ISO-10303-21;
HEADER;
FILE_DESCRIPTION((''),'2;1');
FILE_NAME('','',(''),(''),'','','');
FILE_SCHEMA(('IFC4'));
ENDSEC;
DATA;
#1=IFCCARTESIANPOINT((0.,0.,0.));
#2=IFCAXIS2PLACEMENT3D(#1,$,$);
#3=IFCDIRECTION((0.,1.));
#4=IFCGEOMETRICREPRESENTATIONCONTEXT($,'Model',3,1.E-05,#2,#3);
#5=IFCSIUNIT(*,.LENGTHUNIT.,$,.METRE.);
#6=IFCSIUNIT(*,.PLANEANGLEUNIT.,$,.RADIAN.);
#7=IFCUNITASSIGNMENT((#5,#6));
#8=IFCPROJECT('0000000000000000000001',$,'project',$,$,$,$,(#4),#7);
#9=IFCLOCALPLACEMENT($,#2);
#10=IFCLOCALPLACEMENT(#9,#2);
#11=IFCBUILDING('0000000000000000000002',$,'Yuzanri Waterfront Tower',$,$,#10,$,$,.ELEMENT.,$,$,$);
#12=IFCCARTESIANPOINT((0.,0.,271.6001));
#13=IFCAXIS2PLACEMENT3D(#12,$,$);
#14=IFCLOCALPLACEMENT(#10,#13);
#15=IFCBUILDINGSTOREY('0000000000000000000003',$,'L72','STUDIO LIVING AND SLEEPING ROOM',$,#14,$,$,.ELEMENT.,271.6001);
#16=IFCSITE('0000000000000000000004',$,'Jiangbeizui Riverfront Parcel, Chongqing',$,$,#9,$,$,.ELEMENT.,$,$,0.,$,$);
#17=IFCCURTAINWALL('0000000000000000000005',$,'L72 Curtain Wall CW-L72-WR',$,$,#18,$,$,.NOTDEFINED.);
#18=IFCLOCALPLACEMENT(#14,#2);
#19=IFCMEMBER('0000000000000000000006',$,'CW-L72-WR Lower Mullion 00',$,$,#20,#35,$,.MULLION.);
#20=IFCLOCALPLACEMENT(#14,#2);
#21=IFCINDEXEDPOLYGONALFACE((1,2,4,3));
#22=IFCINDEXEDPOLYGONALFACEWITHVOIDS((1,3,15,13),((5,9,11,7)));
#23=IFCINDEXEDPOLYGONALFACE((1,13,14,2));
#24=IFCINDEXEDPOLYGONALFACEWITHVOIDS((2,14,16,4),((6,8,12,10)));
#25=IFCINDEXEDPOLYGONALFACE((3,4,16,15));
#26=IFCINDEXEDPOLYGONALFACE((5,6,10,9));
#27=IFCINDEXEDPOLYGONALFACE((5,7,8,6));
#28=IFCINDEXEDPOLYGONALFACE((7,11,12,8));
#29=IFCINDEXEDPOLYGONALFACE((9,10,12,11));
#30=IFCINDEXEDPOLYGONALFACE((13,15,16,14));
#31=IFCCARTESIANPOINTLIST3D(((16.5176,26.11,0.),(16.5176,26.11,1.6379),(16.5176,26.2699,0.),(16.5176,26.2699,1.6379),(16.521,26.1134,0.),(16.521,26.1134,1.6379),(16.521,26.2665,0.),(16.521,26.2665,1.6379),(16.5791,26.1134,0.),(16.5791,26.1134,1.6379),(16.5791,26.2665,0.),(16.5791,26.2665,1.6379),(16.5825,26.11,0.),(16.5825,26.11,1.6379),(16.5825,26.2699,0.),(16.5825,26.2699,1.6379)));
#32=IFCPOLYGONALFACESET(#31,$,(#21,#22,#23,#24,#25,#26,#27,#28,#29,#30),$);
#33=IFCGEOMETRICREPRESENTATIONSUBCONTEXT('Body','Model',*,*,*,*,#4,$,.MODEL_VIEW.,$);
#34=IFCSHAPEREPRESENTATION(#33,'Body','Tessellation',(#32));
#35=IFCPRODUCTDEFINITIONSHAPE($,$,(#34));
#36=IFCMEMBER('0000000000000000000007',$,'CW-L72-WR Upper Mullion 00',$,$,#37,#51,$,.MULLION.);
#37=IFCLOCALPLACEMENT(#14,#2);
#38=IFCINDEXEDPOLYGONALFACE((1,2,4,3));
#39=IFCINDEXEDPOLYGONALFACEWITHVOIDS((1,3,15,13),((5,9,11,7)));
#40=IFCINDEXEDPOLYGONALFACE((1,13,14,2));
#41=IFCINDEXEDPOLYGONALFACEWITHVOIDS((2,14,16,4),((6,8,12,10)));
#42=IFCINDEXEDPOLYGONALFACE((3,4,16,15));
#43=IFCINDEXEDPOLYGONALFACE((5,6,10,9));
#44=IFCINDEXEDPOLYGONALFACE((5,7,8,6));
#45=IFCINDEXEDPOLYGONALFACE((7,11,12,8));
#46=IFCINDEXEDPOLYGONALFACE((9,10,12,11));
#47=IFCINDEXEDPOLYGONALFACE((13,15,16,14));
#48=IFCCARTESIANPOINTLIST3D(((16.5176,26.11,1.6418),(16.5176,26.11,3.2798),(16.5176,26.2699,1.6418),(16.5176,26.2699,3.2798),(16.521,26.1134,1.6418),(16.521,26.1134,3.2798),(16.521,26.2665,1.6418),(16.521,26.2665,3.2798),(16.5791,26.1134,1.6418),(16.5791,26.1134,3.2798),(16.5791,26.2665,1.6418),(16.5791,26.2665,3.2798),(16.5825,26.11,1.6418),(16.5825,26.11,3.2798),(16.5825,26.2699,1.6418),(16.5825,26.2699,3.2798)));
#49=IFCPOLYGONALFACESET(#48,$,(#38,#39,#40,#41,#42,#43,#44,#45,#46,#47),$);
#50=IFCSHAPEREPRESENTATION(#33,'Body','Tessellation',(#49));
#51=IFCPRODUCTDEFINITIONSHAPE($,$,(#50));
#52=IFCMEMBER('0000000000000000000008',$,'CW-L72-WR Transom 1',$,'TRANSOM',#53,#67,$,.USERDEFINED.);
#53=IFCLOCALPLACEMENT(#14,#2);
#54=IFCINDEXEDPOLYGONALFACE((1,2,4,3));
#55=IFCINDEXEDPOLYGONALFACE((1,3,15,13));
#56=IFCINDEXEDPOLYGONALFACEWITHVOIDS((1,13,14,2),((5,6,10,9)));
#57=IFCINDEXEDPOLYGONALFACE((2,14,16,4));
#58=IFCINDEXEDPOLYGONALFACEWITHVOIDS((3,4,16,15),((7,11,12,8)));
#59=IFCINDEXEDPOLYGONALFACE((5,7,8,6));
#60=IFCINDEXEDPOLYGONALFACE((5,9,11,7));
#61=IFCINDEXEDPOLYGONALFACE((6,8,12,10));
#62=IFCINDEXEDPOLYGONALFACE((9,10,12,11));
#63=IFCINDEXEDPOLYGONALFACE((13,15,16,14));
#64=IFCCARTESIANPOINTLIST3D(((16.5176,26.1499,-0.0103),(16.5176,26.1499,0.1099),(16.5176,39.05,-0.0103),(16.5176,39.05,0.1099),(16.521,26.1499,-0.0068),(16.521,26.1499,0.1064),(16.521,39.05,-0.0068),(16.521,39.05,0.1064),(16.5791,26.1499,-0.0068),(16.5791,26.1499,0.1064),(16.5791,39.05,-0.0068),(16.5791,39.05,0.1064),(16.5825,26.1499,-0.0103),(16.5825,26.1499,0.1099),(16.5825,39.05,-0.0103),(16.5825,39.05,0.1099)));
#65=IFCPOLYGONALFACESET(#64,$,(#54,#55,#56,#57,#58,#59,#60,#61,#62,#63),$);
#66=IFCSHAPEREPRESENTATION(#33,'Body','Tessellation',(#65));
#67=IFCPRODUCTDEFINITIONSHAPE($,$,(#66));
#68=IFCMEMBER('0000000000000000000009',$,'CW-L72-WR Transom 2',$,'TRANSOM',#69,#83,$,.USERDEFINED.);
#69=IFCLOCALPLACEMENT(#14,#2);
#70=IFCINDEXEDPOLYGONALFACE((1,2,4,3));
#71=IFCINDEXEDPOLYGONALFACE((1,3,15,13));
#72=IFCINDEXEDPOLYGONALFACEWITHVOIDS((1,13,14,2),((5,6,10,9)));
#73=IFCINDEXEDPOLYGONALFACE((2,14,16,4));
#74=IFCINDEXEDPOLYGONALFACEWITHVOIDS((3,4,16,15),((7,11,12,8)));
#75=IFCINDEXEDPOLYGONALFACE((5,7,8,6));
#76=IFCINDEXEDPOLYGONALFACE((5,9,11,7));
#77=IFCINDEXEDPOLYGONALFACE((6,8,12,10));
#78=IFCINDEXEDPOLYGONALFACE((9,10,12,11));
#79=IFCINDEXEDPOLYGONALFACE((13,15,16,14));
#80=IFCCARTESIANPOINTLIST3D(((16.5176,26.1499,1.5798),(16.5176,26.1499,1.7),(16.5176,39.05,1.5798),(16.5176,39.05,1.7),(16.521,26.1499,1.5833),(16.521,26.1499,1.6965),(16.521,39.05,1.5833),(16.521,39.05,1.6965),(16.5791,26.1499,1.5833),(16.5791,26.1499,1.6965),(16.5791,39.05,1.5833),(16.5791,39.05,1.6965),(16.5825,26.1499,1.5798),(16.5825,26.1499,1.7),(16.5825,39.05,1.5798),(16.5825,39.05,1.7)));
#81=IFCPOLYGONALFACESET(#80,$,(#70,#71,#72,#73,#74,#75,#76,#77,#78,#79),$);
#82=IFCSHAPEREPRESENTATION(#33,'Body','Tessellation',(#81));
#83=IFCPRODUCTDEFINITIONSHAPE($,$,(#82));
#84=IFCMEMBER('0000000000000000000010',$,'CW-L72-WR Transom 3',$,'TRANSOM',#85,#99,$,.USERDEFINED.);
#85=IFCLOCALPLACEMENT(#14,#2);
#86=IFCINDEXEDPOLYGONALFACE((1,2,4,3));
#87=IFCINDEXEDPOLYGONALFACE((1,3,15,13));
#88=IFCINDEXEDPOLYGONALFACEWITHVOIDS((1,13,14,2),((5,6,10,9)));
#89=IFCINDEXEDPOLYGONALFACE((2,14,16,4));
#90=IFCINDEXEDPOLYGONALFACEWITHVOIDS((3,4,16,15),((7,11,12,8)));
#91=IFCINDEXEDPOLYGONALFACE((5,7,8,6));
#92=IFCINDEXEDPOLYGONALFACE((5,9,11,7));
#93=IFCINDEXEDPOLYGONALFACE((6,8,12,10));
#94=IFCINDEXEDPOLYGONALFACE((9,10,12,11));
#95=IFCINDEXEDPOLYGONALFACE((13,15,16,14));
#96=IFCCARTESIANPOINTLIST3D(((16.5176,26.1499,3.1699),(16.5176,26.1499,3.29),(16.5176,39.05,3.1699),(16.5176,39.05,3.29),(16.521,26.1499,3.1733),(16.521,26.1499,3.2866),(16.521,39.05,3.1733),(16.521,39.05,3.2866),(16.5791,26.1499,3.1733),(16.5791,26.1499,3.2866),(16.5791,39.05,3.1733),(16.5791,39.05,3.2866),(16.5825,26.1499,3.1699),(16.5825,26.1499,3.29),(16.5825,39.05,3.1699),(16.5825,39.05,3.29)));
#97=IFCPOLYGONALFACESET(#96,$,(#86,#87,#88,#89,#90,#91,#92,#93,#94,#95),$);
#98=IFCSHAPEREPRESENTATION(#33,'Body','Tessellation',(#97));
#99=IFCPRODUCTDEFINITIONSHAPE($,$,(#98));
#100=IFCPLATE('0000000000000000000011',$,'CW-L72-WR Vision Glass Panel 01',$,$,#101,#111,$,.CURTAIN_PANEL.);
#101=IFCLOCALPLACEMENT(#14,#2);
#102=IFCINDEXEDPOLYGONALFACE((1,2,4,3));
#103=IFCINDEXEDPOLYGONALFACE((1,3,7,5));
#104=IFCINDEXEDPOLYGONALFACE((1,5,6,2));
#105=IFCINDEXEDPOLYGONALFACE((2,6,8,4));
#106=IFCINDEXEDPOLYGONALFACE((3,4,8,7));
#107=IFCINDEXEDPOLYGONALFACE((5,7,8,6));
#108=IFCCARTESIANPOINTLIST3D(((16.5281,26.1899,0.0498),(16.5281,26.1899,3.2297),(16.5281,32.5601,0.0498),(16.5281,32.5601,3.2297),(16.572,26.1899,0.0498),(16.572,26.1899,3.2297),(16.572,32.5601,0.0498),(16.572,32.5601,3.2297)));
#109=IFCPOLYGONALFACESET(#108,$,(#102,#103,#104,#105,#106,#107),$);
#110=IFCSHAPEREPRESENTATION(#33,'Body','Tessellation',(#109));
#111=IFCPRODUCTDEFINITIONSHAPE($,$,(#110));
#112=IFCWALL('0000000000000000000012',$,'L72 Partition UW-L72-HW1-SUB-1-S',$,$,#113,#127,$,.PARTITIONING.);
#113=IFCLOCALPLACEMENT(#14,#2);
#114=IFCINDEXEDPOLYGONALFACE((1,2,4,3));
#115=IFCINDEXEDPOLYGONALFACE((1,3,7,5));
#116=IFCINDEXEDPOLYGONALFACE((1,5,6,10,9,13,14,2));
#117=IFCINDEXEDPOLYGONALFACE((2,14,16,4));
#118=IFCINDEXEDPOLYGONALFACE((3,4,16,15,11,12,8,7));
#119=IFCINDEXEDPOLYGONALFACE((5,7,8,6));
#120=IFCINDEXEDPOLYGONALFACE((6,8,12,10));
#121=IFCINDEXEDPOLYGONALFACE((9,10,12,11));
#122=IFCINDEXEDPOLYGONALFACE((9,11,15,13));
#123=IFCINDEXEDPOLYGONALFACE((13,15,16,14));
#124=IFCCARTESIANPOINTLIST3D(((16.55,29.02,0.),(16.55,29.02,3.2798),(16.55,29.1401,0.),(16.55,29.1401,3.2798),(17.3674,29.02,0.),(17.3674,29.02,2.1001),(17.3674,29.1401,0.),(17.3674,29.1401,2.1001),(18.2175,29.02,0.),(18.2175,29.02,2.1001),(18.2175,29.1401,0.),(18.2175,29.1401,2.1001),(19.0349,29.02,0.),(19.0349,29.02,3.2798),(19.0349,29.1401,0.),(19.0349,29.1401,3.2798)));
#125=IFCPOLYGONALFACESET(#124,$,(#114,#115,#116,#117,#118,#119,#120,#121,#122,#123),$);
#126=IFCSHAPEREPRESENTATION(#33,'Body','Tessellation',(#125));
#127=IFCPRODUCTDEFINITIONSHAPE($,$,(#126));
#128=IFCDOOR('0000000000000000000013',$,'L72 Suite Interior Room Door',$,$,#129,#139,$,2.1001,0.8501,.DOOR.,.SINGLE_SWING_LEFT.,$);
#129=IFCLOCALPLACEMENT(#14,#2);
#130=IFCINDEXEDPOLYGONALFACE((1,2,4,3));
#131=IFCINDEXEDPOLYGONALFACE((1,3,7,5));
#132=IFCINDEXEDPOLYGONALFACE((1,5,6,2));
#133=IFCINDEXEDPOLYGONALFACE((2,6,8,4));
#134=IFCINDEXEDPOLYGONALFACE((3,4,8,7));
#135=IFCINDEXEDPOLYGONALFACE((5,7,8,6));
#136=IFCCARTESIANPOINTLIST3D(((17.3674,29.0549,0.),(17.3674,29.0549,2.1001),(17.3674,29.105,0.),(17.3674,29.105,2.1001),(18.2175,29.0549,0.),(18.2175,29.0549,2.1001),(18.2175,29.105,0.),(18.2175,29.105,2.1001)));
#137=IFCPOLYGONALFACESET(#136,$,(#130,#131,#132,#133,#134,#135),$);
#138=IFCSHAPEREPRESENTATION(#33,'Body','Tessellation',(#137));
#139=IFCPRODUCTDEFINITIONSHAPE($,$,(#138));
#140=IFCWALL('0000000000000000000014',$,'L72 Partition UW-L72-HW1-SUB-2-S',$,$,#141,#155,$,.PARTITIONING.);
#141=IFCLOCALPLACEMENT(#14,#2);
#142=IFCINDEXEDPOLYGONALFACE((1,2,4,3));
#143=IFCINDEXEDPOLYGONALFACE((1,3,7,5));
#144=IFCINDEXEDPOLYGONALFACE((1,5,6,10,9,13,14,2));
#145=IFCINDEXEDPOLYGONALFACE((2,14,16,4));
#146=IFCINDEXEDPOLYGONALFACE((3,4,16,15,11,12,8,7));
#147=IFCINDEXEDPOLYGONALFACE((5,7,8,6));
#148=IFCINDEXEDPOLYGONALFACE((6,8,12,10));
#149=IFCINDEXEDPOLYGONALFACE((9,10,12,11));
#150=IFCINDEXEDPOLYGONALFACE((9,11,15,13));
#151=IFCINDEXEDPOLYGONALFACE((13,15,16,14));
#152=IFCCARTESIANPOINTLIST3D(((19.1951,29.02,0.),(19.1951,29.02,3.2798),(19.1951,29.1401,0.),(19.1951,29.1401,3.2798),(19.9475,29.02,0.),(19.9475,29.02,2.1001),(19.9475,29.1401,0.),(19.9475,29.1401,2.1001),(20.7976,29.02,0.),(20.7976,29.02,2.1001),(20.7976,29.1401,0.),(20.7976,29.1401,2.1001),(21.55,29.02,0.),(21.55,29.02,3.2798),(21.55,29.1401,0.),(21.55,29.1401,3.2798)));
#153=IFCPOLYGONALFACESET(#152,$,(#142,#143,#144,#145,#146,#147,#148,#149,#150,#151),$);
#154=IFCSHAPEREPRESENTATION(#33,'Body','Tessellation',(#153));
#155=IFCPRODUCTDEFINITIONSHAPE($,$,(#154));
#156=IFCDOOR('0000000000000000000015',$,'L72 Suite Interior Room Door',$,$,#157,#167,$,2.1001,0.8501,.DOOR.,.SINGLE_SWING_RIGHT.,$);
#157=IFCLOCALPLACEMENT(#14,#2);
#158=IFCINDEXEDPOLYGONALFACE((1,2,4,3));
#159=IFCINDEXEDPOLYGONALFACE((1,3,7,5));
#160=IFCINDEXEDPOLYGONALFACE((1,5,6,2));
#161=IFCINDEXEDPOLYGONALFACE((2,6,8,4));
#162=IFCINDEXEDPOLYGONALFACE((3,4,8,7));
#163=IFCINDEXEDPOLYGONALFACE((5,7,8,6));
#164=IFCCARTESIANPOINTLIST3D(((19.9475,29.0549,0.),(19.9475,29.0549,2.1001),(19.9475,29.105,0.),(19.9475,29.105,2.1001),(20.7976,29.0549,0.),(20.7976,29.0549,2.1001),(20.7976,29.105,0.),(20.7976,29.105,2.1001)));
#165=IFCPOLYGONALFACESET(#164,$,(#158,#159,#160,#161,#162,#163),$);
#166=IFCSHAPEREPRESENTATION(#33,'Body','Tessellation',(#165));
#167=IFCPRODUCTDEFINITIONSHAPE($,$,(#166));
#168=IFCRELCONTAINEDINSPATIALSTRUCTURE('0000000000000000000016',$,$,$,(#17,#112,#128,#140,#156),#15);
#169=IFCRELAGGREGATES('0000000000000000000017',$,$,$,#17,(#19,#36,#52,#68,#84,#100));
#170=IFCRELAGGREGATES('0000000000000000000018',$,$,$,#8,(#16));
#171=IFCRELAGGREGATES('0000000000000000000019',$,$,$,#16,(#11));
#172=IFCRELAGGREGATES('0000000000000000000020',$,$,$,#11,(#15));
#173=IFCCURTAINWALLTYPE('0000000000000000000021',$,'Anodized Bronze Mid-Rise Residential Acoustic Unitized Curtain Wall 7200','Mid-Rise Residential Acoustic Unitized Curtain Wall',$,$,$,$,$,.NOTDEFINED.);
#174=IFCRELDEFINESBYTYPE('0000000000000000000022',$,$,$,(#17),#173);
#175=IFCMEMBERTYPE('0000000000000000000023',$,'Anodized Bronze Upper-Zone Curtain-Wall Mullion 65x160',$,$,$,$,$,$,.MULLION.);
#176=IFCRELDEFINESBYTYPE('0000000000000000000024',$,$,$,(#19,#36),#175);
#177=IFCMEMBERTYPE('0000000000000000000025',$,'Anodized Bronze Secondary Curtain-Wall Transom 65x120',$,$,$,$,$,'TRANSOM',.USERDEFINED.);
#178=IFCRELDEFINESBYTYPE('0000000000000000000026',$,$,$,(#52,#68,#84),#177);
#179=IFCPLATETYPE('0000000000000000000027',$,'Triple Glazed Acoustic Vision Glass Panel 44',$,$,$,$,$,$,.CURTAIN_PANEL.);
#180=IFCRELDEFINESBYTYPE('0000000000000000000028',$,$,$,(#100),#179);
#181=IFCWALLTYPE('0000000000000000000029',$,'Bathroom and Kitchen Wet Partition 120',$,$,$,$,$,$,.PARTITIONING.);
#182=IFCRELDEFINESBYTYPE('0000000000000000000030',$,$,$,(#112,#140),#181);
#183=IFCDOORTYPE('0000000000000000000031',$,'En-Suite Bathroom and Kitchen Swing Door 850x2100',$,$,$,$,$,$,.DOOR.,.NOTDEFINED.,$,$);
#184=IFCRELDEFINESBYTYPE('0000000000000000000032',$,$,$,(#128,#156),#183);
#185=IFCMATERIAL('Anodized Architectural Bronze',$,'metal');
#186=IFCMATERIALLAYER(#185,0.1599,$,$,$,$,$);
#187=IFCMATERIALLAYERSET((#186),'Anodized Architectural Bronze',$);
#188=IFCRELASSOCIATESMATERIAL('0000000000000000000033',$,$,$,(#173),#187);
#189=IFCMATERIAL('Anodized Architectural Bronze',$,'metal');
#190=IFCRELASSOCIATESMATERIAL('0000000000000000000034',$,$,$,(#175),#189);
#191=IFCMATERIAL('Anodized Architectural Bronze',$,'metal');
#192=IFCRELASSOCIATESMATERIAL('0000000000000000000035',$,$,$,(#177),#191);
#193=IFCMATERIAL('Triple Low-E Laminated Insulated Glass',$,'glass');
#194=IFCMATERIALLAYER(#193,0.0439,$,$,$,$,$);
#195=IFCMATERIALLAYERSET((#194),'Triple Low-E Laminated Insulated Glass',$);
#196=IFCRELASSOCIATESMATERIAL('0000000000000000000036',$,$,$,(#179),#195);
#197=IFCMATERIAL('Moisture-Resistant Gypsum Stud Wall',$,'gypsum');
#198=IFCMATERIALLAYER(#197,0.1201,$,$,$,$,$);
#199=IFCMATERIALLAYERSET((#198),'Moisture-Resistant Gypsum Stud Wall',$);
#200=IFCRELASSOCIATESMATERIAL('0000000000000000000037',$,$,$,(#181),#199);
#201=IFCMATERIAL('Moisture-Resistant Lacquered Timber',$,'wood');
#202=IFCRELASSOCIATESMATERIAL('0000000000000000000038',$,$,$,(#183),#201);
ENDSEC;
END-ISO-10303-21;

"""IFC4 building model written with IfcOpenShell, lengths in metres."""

from ifc_helpers import new_model, si_unit, direction, frame, frame_2d, origin, origin_2d, place, context, subcontext, project, spatial, rectangle, hollow_rectangle, extrude, source, transform, mapped, material, layer, layer_set, material_profile, profile_set, type_object, element, fill, aggregate, save


model = new_model("IFC4")

# Units and contexts
model_context = context("Model", 3, precision=1e-05, world=origin(), true_north=direction((0.0, 1.0)))
body_context = subcontext(model_context, "Body", "Model", "MODEL_VIEW")
ifc_project = project(units=[si_unit("LENGTHUNIT", "METRE"), si_unit("PLANEANGLEUNIT", "RADIAN")], contexts=[model_context])

# Site, building, storey
site_placement = place(None, origin())
site = spatial("IfcSite", under=ifc_project, at=site_placement, Name="Jiangbeizui Riverfront Parcel, Chongqing", CompositionType="ELEMENT", RefElevation=0.0)
building_placement = place(site_placement, origin())
building = spatial("IfcBuilding", under=site, at=building_placement, Name="Yuzanri Waterfront Tower", CompositionType="ELEMENT")
storey_placement = place(building_placement, frame((0.0, 0.0, 271.6001)))
storey = spatial("IfcBuildingStorey", under=building, at=storey_placement, Name="L72", Description="STUDIO LIVING AND SLEEPING ROOM", CompositionType="ELEMENT", Elevation=271.6001)

# Shared definitions
ifc_material_1 = material(Name="Anodized Architectural Bronze", Category="metal")
ifc_layer_1 = layer(ifc_material_1, 0.1599)
ifc_layer_set_1 = layer_set([ifc_layer_1], Name="Anodized Architectural Bronze")
curtain_wall_type = type_object("IfcCurtainWallType", Name="Anodized Bronze Mid-Rise Residential Acoustic Unitized Curtain Wall 7200", Description="Mid-Rise Residential Acoustic Unitized Curtain Wall", PredefinedType="NOTDEFINED", material=ifc_layer_set_1)
ifc_material_2 = material(Name="Anodized Architectural Bronze", Category="metal")
ifc_material_profile_1 = material_profile(ifc_material_2, hollow_rectangle(XDim=0.0649, YDim=0.1599, WallThickness=0.0034, at=origin_2d()), Name="CWM 65x160")
ifc_profile_set_1 = profile_set([ifc_material_profile_1], Name="Anodized Architectural Bronze")
member_type_1 = type_object("IfcMemberType", Name="Anodized Bronze Upper-Zone Curtain-Wall Mullion 65x160", PredefinedType="MULLION", material=ifc_profile_set_1)
shared_shape_1 = source(origin(), body_context, "Body", "SweptSolid", [
    extrude(hollow_rectangle(XDim=0.0649, YDim=0.1599, WallThickness=0.0034, at=origin_2d()), origin(), (0.0, 0.0, 1.0), 1.6379),
])

# Curtain wall, members, plate
curtain_wall_1_placement = place(storey_placement, origin())
curtain_wall_1 = element("IfcCurtainWall", 1, at=curtain_wall_1_placement, inside=storey, type_object=curtain_wall_type, Name="L72 Curtain Wall CW-L72-WR", PredefinedType="NOTDEFINED")
member_1_placement = place(storey_placement, frame((16.55, 26.1899, 0.0), z_axis=(0.0, 0.0, 1.0), x_axis=(1.0, 0.0, 0.0)))
member_1 = element("IfcMember", 2, at=member_1_placement, type_object=member_type_1, Name="CW-L72-WR Lower Mullion 00", PredefinedType="MULLION", context=body_context, shape_type="MappedRepresentation", body=[
    mapped(shared_shape_1, transform((0.0, 0.0, 0.0), scale=1.0)),
])
member_2_placement = place(storey_placement, frame((16.55, 26.1899, 1.6418), z_axis=(0.0, 0.0, 1.0), x_axis=(1.0, 0.0, 0.0)))
member_2 = element("IfcMember", 3, at=member_2_placement, type_object=member_type_1, Name="CW-L72-WR Upper Mullion 00", PredefinedType="MULLION", context=body_context, shape_type="MappedRepresentation", body=[
    mapped(shared_shape_1, transform((0.0, 0.0, 0.0), scale=1.0)),
])
ifc_material_3 = material(Name="Anodized Architectural Bronze", Category="metal")
ifc_material_profile_2 = material_profile(ifc_material_3, hollow_rectangle(XDim=0.0649, YDim=0.1201, WallThickness=0.0034, at=origin_2d()), Name="CWT 65x120")
ifc_profile_set_2 = profile_set([ifc_material_profile_2], Name="Anodized Architectural Bronze")
member_type_2 = type_object("IfcMemberType", Name="Anodized Bronze Secondary Curtain-Wall Transom 65x120", ElementType="TRANSOM", PredefinedType="USERDEFINED", material=ifc_profile_set_2)
shared_shape_2 = source(origin(), body_context, "Body", "SweptSolid", [
    extrude(hollow_rectangle(XDim=0.0649, YDim=0.1201, WallThickness=0.0034, at=origin_2d()), origin(), (0.0, 0.0, 1.0), 12.9001),
])
member_3_placement = place(storey_placement, frame((16.55, 26.1499, 0.0498), z_axis=(0.0, 1.0, 0.0), x_axis=(-1.0, 0.0, 0.0)))
member_3 = element("IfcMember", 4, at=member_3_placement, type_object=member_type_2, Name="CW-L72-WR Transom 1", ObjectType="TRANSOM", PredefinedType="USERDEFINED", context=body_context, shape_type="MappedRepresentation", body=[
    mapped(shared_shape_2, transform((0.0, 0.0, 0.0), scale=1.0)),
])
member_4_placement = place(storey_placement, frame((16.55, 26.1499, 1.6399), z_axis=(0.0, 1.0, 0.0), x_axis=(-1.0, 0.0, 0.0)))
member_4 = element("IfcMember", 5, at=member_4_placement, type_object=member_type_2, Name="CW-L72-WR Transom 2", ObjectType="TRANSOM", PredefinedType="USERDEFINED", context=body_context, shape_type="MappedRepresentation", body=[
    mapped(shared_shape_2, transform((0.0, 0.0, 0.0), scale=1.0)),
])
member_5_placement = place(storey_placement, frame((16.55, 26.1499, 3.23), z_axis=(0.0, 1.0, 0.0), x_axis=(-1.0, 0.0, 0.0)))
member_5 = element("IfcMember", 6, at=member_5_placement, type_object=member_type_2, Name="CW-L72-WR Transom 3", ObjectType="TRANSOM", PredefinedType="USERDEFINED", context=body_context, shape_type="MappedRepresentation", body=[
    mapped(shared_shape_2, transform((0.0, 0.0, 0.0), scale=1.0)),
])
ifc_material_4 = material(Name="Triple Low-E Laminated Insulated Glass", Category="glass")
ifc_layer_2 = layer(ifc_material_4, 0.0439)
ifc_layer_set_2 = layer_set([ifc_layer_2], Name="Triple Low-E Laminated Insulated Glass")
plate_type = type_object("IfcPlateType", Name="Triple Glazed Acoustic Vision Glass Panel 44", PredefinedType="CURTAIN_PANEL", material=ifc_layer_set_2)
shared_shape_3 = source(origin(), body_context, "Body", "SweptSolid", [
    extrude(rectangle(XDim=6.3701, YDim=0.0439, at=origin_2d()), origin(), (0.0, 0.0, 1.0), 3.1799),
])
plate_placement = place(storey_placement, frame((16.55, 29.375, 0.0498), z_axis=(0.0, 0.0, 1.0), x_axis=(0.0, 1.0, 0.0)))
plate = element("IfcPlate", 7, at=plate_placement, type_object=plate_type, Name="CW-L72-WR Vision Glass Panel 01", PredefinedType="CURTAIN_PANEL", context=body_context, shape_type="MappedRepresentation", body=[
    mapped(shared_shape_3, transform((0.0, 0.0, 0.0), scale=1.0)),
])
aggregate(curtain_wall_1, [member_1, member_2, member_3, member_4, member_5, plate])

# Walls, openings, doors
ifc_material_5 = material(Name="Moisture-Resistant Gypsum Stud Wall", Category="gypsum")
ifc_layer_3 = layer(ifc_material_5, 0.1201)
ifc_layer_set_3 = layer_set([ifc_layer_3], Name="Moisture-Resistant Gypsum Stud Wall")
wall_type_1 = type_object("IfcWallType", Name="Bathroom and Kitchen Wet Partition 120", PredefinedType="PARTITIONING", material=ifc_layer_set_3)
wall_1_placement = place(storey_placement, frame((16.55, 29.0801, 0.0), z_axis=(0.0, 0.0, 1.0), x_axis=(1.0, 0.0, 0.0)))
wall_1 = element("IfcWall", 8, at=wall_1_placement, inside=storey, type_object=wall_type_1, Name="L72 Partition UW-L72-HW1-SUB-1-S", PredefinedType="PARTITIONING", context=body_context, shape_type="SweptSolid", body=[
    extrude(rectangle(XDim=2.4849, YDim=0.1201, at=frame_2d((1.2424, 0.0))), origin(), (0.0, 0.0, 1.0), 3.2798),
])
opening_1_placement = place(wall_1_placement, frame((0.8174, 0.0, 0.0)))
opening_1 = element("IfcOpeningElement", 9, at=opening_1_placement, cuts=wall_1, PredefinedType="OPENING", context=body_context, shape_type="SweptSolid", body=[
    extrude(rectangle(XDim=0.8501, YDim=2.1001, at=frame_2d((0.425, 1.05))), frame((0.0, 0.075, 0.0), z_axis=(0.0, -1.0, 0.0), x_axis=(1.0, 0.0, 0.0)), (0.0, 0.0, 1.0), 0.1499),
])
ifc_material_6 = material(Name="Moisture-Resistant Lacquered Timber", Category="wood")
door_type_1 = type_object("IfcDoorType", Name="En-Suite Bathroom and Kitchen Swing Door 850x2100", OperationType="NOTDEFINED", PredefinedType="DOOR", material=ifc_material_6)
shared_shape_4 = source(origin(), body_context, "Body", "SweptSolid", [
    extrude(rectangle(XDim=0.8501, YDim=2.1001, at=frame_2d((0.425, 1.05))), frame((0.0, 0.0249, 0.0), z_axis=(0.0, -1.0, 0.0), x_axis=(1.0, 0.0, 0.0)), (0.0, 0.0, 1.0), 0.05),
])
door_1_placement = place(opening_1_placement, origin())
door_1 = element("IfcDoor", 10, at=door_1_placement, inside=storey, type_object=door_type_1, Name="L72 Suite Interior Room Door", OperationType="SINGLE_SWING_LEFT", OverallHeight=2.1001, OverallWidth=0.8501, PredefinedType="DOOR", context=body_context, shape_type="MappedRepresentation", body=[
    mapped(shared_shape_4, transform((0.0, 0.0, 0.0), scale=1.0)),
])
fill(opening_1, door_1)
wall_2_placement = place(storey_placement, frame((19.1951, 29.0801, 0.0), z_axis=(0.0, 0.0, 1.0), x_axis=(1.0, 0.0, 0.0)))
wall_2 = element("IfcWall", 11, at=wall_2_placement, inside=storey, type_object=wall_type_1, Name="L72 Partition UW-L72-HW1-SUB-2-S", PredefinedType="PARTITIONING", context=body_context, shape_type="SweptSolid", body=[
    extrude(rectangle(XDim=2.355, YDim=0.1201, at=frame_2d((1.1775, 0.0))), origin(), (0.0, 0.0, 1.0), 3.2798),
])
opening_2_placement = place(wall_2_placement, frame((0.7524, 0.0, 0.0)))
opening_2 = element("IfcOpeningElement", 12, at=opening_2_placement, cuts=wall_2, PredefinedType="OPENING", context=body_context, shape_type="SweptSolid", body=[
    extrude(rectangle(XDim=0.8501, YDim=2.1001, at=frame_2d((0.425, 1.05))), frame((0.0, 0.075, 0.0), z_axis=(0.0, -1.0, 0.0), x_axis=(1.0, 0.0, 0.0)), (0.0, 0.0, 1.0), 0.1499),
])
door_2_placement = place(opening_2_placement, origin())
door_2 = element("IfcDoor", 13, at=door_2_placement, inside=storey, type_object=door_type_1, Name="L72 Suite Interior Room Door", OperationType="SINGLE_SWING_RIGHT", OverallHeight=2.1001, OverallWidth=0.8501, PredefinedType="DOOR", context=body_context, shape_type="MappedRepresentation", body=[
    mapped(shared_shape_4, transform((0.0, 0.0, 0.0), scale=1.0)),
])
fill(opening_2, door_2)

save(model, "model.ifc")
